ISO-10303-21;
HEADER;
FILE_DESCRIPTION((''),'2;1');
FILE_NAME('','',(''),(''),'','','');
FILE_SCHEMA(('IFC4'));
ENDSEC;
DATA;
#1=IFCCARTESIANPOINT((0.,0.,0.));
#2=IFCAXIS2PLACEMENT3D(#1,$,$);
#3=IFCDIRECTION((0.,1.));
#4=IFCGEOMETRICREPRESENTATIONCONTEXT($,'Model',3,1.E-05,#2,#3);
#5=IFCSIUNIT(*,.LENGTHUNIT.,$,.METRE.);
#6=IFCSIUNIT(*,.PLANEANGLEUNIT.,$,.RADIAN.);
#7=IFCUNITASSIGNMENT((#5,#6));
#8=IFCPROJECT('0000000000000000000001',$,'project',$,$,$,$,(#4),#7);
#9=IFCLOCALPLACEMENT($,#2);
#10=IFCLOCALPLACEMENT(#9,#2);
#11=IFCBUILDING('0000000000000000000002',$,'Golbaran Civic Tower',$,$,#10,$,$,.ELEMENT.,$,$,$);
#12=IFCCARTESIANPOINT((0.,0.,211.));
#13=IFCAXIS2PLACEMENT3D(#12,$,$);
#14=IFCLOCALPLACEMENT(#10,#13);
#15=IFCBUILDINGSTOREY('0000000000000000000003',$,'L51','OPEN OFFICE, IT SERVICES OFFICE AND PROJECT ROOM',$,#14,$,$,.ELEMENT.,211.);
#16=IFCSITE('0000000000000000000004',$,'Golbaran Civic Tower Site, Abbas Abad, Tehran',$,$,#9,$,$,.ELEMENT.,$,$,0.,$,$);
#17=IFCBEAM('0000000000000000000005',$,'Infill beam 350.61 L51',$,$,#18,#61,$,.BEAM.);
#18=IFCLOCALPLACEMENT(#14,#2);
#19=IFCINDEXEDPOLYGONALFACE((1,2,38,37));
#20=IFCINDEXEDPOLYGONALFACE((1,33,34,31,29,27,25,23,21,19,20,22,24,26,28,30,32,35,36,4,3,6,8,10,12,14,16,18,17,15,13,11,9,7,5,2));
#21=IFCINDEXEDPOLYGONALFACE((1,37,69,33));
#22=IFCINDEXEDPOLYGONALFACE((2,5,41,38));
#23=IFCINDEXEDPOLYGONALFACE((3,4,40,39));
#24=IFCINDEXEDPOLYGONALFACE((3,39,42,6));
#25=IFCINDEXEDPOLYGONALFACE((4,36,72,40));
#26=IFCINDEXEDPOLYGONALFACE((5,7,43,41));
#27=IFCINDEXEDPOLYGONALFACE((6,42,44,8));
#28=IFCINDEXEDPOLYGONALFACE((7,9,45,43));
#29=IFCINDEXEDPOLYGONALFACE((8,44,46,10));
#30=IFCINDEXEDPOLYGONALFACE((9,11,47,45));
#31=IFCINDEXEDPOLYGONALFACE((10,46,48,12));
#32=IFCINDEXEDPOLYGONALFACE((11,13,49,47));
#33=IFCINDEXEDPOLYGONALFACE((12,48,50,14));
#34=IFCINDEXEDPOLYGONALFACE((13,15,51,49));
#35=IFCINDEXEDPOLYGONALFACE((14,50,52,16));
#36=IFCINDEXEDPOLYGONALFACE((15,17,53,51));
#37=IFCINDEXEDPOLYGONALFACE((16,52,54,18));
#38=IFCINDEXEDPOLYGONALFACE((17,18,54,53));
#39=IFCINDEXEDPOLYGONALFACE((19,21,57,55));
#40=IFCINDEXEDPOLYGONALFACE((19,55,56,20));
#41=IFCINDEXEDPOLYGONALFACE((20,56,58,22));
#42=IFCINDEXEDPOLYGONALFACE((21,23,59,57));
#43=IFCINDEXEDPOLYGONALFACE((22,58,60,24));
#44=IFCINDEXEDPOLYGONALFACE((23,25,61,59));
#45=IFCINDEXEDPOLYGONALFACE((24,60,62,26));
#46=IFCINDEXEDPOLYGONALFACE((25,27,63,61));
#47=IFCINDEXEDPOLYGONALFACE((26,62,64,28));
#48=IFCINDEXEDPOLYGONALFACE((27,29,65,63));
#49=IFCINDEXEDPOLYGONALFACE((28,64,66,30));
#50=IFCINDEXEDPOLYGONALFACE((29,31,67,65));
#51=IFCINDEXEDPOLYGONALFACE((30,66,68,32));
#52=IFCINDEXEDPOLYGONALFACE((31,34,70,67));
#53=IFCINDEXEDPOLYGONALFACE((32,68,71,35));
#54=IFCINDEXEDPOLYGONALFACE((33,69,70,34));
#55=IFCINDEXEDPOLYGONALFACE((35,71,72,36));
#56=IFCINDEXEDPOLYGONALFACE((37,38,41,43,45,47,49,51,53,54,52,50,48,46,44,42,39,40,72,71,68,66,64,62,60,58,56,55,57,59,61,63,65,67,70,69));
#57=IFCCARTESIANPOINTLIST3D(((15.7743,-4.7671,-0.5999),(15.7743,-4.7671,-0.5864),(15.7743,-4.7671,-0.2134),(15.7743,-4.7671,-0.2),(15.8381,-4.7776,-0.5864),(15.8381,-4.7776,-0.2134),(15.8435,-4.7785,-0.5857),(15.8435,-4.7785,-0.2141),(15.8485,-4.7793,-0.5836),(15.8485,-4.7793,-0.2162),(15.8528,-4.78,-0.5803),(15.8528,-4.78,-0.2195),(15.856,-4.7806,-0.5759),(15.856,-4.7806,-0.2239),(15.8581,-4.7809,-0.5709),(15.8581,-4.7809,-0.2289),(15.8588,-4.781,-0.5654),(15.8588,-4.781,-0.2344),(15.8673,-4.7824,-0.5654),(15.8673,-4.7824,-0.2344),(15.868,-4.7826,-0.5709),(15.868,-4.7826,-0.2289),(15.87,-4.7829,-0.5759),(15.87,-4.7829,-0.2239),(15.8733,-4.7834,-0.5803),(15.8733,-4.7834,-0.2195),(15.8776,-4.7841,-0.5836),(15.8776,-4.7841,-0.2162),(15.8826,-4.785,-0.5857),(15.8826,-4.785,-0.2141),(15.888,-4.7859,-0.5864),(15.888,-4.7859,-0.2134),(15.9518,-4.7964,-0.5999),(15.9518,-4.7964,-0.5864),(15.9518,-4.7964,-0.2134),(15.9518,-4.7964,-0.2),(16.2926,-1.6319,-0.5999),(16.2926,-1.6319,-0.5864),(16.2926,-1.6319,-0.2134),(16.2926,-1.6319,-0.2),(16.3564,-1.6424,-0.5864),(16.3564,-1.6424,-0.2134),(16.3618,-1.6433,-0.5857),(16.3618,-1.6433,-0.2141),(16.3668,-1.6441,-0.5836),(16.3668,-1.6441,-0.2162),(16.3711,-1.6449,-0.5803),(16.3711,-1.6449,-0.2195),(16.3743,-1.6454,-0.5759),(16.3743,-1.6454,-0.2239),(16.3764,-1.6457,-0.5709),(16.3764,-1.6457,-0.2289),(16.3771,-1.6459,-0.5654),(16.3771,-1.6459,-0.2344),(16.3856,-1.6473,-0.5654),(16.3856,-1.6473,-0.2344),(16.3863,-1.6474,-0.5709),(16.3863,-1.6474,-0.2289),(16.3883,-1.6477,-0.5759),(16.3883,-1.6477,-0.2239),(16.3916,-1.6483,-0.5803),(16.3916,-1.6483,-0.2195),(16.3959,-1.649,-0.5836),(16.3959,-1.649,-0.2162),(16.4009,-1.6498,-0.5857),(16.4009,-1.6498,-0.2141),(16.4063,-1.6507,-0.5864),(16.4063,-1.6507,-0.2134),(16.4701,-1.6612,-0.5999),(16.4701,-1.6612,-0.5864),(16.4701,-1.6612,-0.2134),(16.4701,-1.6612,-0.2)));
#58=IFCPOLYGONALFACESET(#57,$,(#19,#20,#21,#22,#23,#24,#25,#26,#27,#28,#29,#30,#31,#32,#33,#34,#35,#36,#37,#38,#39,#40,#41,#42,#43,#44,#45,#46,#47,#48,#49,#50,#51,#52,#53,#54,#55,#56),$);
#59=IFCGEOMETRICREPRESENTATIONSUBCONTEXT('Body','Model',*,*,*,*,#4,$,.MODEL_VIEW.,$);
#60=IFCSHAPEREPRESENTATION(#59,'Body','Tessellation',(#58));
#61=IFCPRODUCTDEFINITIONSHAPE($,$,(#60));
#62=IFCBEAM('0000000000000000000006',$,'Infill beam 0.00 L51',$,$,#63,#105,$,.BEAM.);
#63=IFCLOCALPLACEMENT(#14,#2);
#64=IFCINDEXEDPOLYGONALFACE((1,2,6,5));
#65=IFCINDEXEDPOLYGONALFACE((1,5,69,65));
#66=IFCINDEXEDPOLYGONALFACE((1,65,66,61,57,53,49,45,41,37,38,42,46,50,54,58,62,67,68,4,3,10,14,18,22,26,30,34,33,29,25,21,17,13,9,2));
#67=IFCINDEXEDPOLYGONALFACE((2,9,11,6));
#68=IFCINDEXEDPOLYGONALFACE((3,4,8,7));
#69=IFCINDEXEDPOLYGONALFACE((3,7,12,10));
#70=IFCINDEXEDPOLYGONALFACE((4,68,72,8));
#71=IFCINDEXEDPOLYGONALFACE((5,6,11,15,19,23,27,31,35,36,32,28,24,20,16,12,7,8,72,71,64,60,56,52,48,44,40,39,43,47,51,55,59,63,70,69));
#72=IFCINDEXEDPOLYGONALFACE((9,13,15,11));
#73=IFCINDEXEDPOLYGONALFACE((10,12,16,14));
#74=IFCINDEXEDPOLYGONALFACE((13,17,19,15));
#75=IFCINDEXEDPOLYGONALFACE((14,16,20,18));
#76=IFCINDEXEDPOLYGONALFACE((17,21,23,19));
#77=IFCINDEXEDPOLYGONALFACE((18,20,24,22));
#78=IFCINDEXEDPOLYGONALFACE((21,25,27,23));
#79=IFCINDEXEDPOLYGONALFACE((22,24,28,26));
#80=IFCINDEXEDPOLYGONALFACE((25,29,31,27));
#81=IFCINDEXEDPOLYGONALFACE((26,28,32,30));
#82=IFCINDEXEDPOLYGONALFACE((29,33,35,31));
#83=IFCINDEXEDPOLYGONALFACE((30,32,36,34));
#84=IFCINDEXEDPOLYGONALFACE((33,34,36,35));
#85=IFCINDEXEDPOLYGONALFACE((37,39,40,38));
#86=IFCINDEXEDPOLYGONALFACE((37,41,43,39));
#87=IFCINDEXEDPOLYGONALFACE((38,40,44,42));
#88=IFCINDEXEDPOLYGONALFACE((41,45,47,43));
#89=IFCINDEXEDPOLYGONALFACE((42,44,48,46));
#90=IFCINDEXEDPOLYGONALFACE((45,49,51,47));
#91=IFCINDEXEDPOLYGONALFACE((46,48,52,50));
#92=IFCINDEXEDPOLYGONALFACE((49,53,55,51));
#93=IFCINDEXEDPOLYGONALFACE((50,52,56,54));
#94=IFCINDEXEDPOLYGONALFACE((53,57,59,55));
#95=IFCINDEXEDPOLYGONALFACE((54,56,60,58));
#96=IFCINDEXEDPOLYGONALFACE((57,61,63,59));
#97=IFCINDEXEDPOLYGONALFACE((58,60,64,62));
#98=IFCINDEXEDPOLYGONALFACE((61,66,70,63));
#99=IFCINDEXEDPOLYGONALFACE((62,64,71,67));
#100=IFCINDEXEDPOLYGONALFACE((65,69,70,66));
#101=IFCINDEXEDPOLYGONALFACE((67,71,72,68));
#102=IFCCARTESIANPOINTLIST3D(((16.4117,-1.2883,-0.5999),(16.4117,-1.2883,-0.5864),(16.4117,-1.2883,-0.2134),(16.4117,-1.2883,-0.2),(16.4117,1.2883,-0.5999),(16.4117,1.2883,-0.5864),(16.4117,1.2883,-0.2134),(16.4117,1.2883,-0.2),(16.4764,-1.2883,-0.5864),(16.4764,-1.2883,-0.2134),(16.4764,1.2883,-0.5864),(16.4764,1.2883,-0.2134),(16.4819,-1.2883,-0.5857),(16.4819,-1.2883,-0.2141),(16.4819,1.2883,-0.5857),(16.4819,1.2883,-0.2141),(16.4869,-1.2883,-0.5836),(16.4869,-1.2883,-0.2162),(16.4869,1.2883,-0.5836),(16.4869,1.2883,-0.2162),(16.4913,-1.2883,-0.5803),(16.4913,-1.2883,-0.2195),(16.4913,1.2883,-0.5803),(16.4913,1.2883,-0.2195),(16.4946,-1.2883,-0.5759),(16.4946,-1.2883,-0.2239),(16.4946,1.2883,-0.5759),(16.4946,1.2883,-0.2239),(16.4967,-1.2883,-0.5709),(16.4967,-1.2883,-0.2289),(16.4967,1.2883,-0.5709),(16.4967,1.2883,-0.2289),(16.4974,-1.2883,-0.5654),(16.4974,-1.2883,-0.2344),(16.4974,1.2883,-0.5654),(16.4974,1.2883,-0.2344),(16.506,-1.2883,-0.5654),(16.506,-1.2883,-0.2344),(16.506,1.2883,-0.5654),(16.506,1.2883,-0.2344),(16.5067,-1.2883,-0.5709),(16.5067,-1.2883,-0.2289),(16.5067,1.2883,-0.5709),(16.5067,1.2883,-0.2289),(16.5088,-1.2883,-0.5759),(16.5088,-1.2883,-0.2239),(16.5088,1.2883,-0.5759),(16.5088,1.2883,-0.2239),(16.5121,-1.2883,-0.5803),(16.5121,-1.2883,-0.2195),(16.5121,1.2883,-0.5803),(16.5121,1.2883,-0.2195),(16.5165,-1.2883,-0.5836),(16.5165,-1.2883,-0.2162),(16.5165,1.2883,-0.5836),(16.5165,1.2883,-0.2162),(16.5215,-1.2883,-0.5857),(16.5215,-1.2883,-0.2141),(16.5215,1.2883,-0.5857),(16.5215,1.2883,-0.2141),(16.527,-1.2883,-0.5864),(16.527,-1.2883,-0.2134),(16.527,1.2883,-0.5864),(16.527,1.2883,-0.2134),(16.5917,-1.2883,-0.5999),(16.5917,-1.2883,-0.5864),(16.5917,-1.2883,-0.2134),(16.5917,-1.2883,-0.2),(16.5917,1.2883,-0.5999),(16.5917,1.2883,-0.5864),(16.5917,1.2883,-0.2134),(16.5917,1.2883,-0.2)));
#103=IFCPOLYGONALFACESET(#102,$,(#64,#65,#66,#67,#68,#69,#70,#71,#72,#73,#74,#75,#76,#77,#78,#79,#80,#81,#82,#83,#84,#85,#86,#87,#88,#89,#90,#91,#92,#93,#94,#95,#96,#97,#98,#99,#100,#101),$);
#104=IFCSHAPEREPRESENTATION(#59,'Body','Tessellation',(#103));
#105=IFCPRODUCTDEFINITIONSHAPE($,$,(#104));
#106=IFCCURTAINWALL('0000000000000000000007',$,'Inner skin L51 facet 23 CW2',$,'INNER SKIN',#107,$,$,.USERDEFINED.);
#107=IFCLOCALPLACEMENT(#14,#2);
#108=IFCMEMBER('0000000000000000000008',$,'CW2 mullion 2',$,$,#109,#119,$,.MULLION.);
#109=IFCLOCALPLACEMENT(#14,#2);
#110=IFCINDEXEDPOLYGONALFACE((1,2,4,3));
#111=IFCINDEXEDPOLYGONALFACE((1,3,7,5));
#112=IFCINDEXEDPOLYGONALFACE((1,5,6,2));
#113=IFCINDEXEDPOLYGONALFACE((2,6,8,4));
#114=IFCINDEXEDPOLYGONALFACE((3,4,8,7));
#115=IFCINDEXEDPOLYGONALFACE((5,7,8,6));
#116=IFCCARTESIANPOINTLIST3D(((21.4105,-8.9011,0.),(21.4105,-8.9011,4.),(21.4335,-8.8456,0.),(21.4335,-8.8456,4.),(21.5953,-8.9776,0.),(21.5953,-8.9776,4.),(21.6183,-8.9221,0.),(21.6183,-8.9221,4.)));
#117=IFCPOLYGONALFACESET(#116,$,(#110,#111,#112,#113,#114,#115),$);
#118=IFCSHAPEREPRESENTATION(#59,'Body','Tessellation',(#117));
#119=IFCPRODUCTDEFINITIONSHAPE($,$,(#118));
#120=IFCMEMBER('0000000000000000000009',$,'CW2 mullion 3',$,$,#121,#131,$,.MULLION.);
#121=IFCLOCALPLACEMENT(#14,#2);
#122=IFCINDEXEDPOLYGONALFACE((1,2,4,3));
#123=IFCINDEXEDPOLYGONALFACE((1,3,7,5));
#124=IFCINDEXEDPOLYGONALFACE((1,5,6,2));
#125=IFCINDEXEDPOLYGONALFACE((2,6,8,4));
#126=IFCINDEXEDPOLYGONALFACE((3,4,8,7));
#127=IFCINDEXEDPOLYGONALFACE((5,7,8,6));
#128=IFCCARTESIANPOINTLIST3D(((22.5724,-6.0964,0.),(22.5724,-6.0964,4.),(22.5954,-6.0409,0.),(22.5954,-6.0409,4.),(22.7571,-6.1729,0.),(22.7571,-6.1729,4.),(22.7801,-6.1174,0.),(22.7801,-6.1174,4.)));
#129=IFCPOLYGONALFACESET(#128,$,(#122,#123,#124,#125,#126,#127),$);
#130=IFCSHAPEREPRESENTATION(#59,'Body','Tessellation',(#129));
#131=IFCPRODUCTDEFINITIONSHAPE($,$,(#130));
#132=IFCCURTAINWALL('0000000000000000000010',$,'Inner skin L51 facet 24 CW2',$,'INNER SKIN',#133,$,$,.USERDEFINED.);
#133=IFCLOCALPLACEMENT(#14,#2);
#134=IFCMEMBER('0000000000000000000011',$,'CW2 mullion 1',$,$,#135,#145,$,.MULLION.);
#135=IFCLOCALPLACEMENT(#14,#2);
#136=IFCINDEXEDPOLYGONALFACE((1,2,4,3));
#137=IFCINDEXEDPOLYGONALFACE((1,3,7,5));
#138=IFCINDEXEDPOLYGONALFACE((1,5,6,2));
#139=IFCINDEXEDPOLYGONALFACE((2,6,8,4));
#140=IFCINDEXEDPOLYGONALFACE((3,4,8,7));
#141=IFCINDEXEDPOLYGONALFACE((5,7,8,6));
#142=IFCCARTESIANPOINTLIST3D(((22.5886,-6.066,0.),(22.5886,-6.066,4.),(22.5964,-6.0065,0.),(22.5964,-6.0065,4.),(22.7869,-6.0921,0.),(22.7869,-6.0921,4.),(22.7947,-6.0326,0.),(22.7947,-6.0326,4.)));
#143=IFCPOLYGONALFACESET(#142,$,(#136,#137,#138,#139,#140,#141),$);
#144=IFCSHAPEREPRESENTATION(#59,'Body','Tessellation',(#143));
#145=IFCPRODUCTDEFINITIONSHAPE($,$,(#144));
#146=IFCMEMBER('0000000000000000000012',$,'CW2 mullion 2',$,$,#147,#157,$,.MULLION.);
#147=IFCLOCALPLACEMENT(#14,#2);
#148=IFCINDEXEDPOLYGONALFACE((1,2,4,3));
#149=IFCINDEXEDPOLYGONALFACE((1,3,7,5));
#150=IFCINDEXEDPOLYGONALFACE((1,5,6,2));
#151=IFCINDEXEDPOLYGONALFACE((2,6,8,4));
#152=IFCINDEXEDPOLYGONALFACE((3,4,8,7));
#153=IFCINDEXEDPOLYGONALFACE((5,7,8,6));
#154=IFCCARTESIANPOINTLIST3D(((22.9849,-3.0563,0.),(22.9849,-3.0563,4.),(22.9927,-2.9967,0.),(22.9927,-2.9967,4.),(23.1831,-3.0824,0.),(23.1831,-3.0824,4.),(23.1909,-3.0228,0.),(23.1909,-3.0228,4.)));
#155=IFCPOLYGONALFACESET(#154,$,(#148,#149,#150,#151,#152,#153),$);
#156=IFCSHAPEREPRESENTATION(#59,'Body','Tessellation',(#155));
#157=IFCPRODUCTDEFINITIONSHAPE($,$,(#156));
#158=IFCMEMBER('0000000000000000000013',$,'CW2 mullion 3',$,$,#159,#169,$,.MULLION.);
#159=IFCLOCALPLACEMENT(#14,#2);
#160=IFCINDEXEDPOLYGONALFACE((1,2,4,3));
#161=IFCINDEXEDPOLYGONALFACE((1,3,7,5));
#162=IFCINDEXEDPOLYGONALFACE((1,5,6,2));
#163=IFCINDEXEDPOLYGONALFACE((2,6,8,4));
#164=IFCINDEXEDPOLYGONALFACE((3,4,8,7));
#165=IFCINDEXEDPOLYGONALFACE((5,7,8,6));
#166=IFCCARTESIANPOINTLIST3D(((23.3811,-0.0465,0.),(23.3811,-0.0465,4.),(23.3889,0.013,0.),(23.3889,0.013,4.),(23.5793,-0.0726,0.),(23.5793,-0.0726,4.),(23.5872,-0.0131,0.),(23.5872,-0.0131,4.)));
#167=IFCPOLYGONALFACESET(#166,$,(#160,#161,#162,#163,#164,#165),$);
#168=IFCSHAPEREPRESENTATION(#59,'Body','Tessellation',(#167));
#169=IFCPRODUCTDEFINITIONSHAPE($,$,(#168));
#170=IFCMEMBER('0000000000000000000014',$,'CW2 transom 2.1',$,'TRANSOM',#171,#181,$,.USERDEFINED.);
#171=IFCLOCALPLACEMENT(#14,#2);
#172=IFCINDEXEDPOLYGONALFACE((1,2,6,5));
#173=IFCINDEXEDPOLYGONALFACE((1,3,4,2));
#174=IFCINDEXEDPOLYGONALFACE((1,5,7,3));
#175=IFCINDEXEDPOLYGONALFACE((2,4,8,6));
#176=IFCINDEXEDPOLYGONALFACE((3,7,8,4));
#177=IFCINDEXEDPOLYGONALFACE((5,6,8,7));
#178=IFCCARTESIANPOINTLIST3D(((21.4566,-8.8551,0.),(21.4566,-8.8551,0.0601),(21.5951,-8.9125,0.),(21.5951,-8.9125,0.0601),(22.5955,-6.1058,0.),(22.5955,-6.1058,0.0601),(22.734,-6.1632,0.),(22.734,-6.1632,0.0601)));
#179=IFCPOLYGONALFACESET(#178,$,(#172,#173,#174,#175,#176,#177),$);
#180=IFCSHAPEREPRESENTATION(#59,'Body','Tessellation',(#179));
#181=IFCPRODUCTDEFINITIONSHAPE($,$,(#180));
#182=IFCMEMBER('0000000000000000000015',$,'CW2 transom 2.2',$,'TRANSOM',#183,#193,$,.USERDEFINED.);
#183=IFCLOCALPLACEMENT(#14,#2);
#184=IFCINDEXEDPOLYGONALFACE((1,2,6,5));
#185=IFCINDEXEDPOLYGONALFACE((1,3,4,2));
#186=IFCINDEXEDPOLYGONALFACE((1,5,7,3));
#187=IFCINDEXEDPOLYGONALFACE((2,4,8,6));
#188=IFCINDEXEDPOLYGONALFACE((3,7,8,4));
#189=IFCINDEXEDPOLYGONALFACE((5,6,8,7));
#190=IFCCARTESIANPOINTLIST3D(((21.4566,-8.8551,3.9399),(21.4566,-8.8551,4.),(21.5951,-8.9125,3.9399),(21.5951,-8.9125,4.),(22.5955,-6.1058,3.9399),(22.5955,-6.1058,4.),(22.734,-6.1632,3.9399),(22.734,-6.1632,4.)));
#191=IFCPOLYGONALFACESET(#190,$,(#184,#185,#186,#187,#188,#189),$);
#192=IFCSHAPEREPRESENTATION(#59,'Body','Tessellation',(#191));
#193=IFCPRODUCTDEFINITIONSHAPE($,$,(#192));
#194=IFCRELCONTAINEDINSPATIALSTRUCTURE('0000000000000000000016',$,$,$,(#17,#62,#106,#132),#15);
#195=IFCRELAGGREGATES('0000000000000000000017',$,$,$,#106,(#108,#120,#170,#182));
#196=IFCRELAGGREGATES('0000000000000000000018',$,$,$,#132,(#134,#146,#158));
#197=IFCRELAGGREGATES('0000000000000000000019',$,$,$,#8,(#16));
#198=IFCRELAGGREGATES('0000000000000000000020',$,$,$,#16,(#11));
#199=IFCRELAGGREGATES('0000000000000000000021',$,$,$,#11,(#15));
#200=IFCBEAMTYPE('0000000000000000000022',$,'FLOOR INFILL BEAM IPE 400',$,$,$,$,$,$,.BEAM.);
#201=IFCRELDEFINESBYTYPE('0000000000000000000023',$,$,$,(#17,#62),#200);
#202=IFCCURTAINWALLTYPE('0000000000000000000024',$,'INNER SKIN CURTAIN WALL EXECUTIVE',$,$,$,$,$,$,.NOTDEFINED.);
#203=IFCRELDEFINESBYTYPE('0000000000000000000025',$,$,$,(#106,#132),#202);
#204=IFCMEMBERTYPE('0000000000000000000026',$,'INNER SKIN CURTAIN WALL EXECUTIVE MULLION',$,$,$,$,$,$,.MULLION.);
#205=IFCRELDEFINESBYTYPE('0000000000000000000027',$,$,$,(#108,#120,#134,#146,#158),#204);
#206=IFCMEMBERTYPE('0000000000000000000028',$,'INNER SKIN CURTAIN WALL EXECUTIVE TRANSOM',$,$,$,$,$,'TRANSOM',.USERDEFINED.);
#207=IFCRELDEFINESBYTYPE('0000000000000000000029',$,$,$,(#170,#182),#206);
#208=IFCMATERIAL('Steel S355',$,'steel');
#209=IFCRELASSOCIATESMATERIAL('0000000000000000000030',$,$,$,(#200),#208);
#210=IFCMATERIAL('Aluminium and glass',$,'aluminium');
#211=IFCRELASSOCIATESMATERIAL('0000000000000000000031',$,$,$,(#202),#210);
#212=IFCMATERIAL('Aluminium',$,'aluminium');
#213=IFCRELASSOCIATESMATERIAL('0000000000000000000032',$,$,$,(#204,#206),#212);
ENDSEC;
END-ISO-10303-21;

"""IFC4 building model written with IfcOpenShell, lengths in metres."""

from ifc_helpers import new_model, si_unit, direction, frame, origin, origin_2d, place, context, subcontext, project, spatial, rectangle, i_section, extrude, material, material_profile, profile_set, type_object, element, aggregate, save


model = new_model("IFC4")

# Units and contexts
model_context = context("Model", 3, precision=1e-05, world=origin(), true_north=direction((0.0, 1.0)))
body_context = subcontext(model_context, "Body", "Model", "MODEL_VIEW")
ifc_project = project(units=[si_unit("LENGTHUNIT", "METRE"), si_unit("PLANEANGLEUNIT", "RADIAN")], contexts=[model_context])

# Site, building, storey
site_placement = place(None, origin())
site = spatial("IfcSite", under=ifc_project, at=site_placement, Name="Golbaran Civic Tower Site, Abbas Abad, Tehran", CompositionType="ELEMENT", RefElevation=0.0)
building_placement = place(site_placement, origin())
building = spatial("IfcBuilding", under=site, at=building_placement, Name="Golbaran Civic Tower", CompositionType="ELEMENT")
storey_placement = place(building_placement, frame((0.0, 0.0, 211.0)))
storey = spatial("IfcBuildingStorey", under=building, at=storey_placement, Name="L51", Description="OPEN OFFICE, IT SERVICES OFFICE AND PROJECT ROOM", CompositionType="ELEMENT", Elevation=211.0)

# Beams
ifc_material_1 = material(Name="Steel S355", Category="steel")
ifc_material_profile_1 = material_profile(ifc_material_1, i_section(OverallWidth=0.1799, OverallDepth=0.3999, WebThickness=0.0085, FlangeThickness=0.0134, FilletRadius=0.021, at=origin_2d()), Name="IPE 400")
ifc_profile_set_1 = profile_set([ifc_material_profile_1], Name="Steel S355")
beam_type_1 = type_object("IfcBeamType", Name="FLOOR INFILL BEAM IPE 400", PredefinedType="BEAM", material=ifc_profile_set_1)
beam_1_placement = place(storey_placement, frame((15.863, -4.7817, -0.3999), z_axis=(0.163103, 0.986609, 0.0), x_axis=(-0.986609, 0.163103, 0.0)))
element("IfcBeam", 1, at=beam_1_placement, inside=storey, type_object=beam_type_1, Name="Infill beam 350.61 L51", PredefinedType="BEAM", context=body_context, shape_type="SweptSolid", body=[
    extrude(i_section(OverallWidth=0.1799, OverallDepth=0.3999, WebThickness=0.0085, FlangeThickness=0.0134, FilletRadius=0.021, at=origin_2d()), origin(), (0.0, 0.0, 1.0), 3.1777),
])
beam_2_placement = place(storey_placement, frame((16.5017, -1.2883, -0.3999), z_axis=(0.0, 1.0, 0.0), x_axis=(-1.0, 0.0, 0.0)))
element("IfcBeam", 2, at=beam_2_placement, inside=storey, type_object=beam_type_1, Name="Infill beam 0.00 L51", PredefinedType="BEAM", context=body_context, shape_type="SweptSolid", body=[
    extrude(i_section(OverallWidth=0.1799, OverallDepth=0.3999, WebThickness=0.0085, FlangeThickness=0.0134, FilletRadius=0.021, at=origin_2d()), origin(), (0.0, 0.0, 1.0), 2.5767),
])

# Curtain walls, members
ifc_material_2 = material(Name="Aluminium and glass", Category="aluminium")
curtain_wall_type = type_object("IfcCurtainWallType", Name="INNER SKIN CURTAIN WALL EXECUTIVE", PredefinedType="NOTDEFINED", material=ifc_material_2)
curtain_wall_1_placement = place(storey_placement, origin())
curtain_wall_1 = element("IfcCurtainWall", 3, at=curtain_wall_1_placement, inside=storey, type_object=curtain_wall_type, Name="Inner skin L51 facet 23 CW2", ObjectType="INNER SKIN", PredefinedType="USERDEFINED")
ifc_material_3 = material(Name="Aluminium", Category="aluminium")
ifc_material_profile_2 = material_profile(ifc_material_3, rectangle(XDim=0.2, YDim=0.0601, at=origin_2d()), Name="INNER SKIN CURTAIN WALL EXECUTIVE MULLION")
ifc_profile_set_2 = profile_set([ifc_material_profile_2], Name="Aluminium")
member_type_1 = type_object("IfcMemberType", Name="INNER SKIN CURTAIN WALL EXECUTIVE MULLION", PredefinedType="MULLION", material=ifc_profile_set_2)
member_1_placement = place(storey_placement, frame((21.5144, -8.9116, 0.0), z_axis=(0.0, 0.0, 1.0), x_axis=(-0.92388, 0.382683, 0.0)))
member_1 = element("IfcMember", 4, at=member_1_placement, type_object=member_type_1, Name="CW2 mullion 2", PredefinedType="MULLION", context=body_context, shape_type="SweptSolid", body=[
    extrude(rectangle(XDim=0.2, YDim=0.0601, at=origin_2d()), origin(), (0.0, 0.0, 1.0), 4.0),
])
member_2_placement = place(storey_placement, frame((22.6763, -6.1069, 0.0), z_axis=(0.0, 0.0, 1.0), x_axis=(-0.92388, 0.382683, 0.0)))
member_2 = element("IfcMember", 5, at=member_2_placement, type_object=member_type_1, Name="CW2 mullion 3", PredefinedType="MULLION", context=body_context, shape_type="SweptSolid", body=[
    extrude(rectangle(XDim=0.2, YDim=0.0601, at=origin_2d()), origin(), (0.0, 0.0, 1.0), 4.0),
])
curtain_wall_2_placement = place(storey_placement, origin())
curtain_wall_2 = element("IfcCurtainWall", 6, at=curtain_wall_2_placement, inside=storey, type_object=curtain_wall_type, Name="Inner skin L51 facet 24 CW2", ObjectType="INNER SKIN", PredefinedType="USERDEFINED")
member_3_placement = place(storey_placement, frame((22.6917, -6.0493, 0.0), z_axis=(0.0, 0.0, 1.0), x_axis=(-0.991445, 0.130526, 0.0)))
member_3 = element("IfcMember", 7, at=member_3_placement, type_object=member_type_1, Name="CW2 mullion 1", PredefinedType="MULLION", context=body_context, shape_type="SweptSolid", body=[
    extrude(rectangle(XDim=0.2, YDim=0.0601, at=origin_2d()), origin(), (0.0, 0.0, 1.0), 4.0),
])
member_4_placement = place(storey_placement, frame((23.0879, -3.0396, 0.0), z_axis=(0.0, 0.0, 1.0), x_axis=(-0.991445, 0.130526, 0.0)))
member_4 = element("IfcMember", 8, at=member_4_placement, type_object=member_type_1, Name="CW2 mullion 2", PredefinedType="MULLION", context=body_context, shape_type="SweptSolid", body=[
    extrude(rectangle(XDim=0.2, YDim=0.0601, at=origin_2d()), origin(), (0.0, 0.0, 1.0), 4.0),
])
member_5_placement = place(storey_placement, frame((23.4841, -0.0298, 0.0), z_axis=(0.0, 0.0, 1.0), x_axis=(-0.991445, 0.130526, 0.0)))
member_5 = element("IfcMember", 9, at=member_5_placement, type_object=member_type_1, Name="CW2 mullion 3", PredefinedType="MULLION", context=body_context, shape_type="SweptSolid", body=[
    extrude(rectangle(XDim=0.2, YDim=0.0601, at=origin_2d()), origin(), (0.0, 0.0, 1.0), 4.0),
])

# Members
ifc_material_profile_3 = material_profile(ifc_material_3, rectangle(XDim=0.1499, YDim=0.0601, at=origin_2d()), Name="INNER SKIN CURTAIN WALL EXECUTIVE TRANSOM")
ifc_profile_set_3 = profile_set([ifc_material_profile_3], Name="Aluminium")
member_type_2 = type_object("IfcMemberType", Name="INNER SKIN CURTAIN WALL EXECUTIVE TRANSOM", ElementType="TRANSOM", PredefinedType="USERDEFINED", material=ifc_profile_set_3)
member_6_placement = place(storey_placement, frame((21.5259, -8.8838, 0.03), z_axis=(0.382721, 0.923864, 0.0), x_axis=(-0.923864, 0.382721, 0.0)))
member_6 = element("IfcMember", 10, at=member_6_placement, type_object=member_type_2, Name="CW2 transom 2.1", ObjectType="TRANSOM", PredefinedType="USERDEFINED", context=body_context, shape_type="SweptSolid", body=[
    extrude(rectangle(XDim=0.1499, YDim=0.0601, at=origin_2d()), origin(), (0.0, 0.0, 1.0), 2.9758),
])
member_7_placement = place(storey_placement, frame((21.5259, -8.8838, 3.97), z_axis=(0.382721, 0.923864, 0.0), x_axis=(-0.923864, 0.382721, 0.0)))
member_7 = element("IfcMember", 11, at=member_7_placement, type_object=member_type_2, Name="CW2 transom 2.2", ObjectType="TRANSOM", PredefinedType="USERDEFINED", context=body_context, shape_type="SweptSolid", body=[
    extrude(rectangle(XDim=0.1499, YDim=0.0601, at=origin_2d()), origin(), (0.0, 0.0, 1.0), 2.9758),
])

aggregate(curtain_wall_1, [member_1, member_2, member_6, member_7])
aggregate(curtain_wall_2, [member_3, member_4, member_5])

save(model, "model.ifc")
